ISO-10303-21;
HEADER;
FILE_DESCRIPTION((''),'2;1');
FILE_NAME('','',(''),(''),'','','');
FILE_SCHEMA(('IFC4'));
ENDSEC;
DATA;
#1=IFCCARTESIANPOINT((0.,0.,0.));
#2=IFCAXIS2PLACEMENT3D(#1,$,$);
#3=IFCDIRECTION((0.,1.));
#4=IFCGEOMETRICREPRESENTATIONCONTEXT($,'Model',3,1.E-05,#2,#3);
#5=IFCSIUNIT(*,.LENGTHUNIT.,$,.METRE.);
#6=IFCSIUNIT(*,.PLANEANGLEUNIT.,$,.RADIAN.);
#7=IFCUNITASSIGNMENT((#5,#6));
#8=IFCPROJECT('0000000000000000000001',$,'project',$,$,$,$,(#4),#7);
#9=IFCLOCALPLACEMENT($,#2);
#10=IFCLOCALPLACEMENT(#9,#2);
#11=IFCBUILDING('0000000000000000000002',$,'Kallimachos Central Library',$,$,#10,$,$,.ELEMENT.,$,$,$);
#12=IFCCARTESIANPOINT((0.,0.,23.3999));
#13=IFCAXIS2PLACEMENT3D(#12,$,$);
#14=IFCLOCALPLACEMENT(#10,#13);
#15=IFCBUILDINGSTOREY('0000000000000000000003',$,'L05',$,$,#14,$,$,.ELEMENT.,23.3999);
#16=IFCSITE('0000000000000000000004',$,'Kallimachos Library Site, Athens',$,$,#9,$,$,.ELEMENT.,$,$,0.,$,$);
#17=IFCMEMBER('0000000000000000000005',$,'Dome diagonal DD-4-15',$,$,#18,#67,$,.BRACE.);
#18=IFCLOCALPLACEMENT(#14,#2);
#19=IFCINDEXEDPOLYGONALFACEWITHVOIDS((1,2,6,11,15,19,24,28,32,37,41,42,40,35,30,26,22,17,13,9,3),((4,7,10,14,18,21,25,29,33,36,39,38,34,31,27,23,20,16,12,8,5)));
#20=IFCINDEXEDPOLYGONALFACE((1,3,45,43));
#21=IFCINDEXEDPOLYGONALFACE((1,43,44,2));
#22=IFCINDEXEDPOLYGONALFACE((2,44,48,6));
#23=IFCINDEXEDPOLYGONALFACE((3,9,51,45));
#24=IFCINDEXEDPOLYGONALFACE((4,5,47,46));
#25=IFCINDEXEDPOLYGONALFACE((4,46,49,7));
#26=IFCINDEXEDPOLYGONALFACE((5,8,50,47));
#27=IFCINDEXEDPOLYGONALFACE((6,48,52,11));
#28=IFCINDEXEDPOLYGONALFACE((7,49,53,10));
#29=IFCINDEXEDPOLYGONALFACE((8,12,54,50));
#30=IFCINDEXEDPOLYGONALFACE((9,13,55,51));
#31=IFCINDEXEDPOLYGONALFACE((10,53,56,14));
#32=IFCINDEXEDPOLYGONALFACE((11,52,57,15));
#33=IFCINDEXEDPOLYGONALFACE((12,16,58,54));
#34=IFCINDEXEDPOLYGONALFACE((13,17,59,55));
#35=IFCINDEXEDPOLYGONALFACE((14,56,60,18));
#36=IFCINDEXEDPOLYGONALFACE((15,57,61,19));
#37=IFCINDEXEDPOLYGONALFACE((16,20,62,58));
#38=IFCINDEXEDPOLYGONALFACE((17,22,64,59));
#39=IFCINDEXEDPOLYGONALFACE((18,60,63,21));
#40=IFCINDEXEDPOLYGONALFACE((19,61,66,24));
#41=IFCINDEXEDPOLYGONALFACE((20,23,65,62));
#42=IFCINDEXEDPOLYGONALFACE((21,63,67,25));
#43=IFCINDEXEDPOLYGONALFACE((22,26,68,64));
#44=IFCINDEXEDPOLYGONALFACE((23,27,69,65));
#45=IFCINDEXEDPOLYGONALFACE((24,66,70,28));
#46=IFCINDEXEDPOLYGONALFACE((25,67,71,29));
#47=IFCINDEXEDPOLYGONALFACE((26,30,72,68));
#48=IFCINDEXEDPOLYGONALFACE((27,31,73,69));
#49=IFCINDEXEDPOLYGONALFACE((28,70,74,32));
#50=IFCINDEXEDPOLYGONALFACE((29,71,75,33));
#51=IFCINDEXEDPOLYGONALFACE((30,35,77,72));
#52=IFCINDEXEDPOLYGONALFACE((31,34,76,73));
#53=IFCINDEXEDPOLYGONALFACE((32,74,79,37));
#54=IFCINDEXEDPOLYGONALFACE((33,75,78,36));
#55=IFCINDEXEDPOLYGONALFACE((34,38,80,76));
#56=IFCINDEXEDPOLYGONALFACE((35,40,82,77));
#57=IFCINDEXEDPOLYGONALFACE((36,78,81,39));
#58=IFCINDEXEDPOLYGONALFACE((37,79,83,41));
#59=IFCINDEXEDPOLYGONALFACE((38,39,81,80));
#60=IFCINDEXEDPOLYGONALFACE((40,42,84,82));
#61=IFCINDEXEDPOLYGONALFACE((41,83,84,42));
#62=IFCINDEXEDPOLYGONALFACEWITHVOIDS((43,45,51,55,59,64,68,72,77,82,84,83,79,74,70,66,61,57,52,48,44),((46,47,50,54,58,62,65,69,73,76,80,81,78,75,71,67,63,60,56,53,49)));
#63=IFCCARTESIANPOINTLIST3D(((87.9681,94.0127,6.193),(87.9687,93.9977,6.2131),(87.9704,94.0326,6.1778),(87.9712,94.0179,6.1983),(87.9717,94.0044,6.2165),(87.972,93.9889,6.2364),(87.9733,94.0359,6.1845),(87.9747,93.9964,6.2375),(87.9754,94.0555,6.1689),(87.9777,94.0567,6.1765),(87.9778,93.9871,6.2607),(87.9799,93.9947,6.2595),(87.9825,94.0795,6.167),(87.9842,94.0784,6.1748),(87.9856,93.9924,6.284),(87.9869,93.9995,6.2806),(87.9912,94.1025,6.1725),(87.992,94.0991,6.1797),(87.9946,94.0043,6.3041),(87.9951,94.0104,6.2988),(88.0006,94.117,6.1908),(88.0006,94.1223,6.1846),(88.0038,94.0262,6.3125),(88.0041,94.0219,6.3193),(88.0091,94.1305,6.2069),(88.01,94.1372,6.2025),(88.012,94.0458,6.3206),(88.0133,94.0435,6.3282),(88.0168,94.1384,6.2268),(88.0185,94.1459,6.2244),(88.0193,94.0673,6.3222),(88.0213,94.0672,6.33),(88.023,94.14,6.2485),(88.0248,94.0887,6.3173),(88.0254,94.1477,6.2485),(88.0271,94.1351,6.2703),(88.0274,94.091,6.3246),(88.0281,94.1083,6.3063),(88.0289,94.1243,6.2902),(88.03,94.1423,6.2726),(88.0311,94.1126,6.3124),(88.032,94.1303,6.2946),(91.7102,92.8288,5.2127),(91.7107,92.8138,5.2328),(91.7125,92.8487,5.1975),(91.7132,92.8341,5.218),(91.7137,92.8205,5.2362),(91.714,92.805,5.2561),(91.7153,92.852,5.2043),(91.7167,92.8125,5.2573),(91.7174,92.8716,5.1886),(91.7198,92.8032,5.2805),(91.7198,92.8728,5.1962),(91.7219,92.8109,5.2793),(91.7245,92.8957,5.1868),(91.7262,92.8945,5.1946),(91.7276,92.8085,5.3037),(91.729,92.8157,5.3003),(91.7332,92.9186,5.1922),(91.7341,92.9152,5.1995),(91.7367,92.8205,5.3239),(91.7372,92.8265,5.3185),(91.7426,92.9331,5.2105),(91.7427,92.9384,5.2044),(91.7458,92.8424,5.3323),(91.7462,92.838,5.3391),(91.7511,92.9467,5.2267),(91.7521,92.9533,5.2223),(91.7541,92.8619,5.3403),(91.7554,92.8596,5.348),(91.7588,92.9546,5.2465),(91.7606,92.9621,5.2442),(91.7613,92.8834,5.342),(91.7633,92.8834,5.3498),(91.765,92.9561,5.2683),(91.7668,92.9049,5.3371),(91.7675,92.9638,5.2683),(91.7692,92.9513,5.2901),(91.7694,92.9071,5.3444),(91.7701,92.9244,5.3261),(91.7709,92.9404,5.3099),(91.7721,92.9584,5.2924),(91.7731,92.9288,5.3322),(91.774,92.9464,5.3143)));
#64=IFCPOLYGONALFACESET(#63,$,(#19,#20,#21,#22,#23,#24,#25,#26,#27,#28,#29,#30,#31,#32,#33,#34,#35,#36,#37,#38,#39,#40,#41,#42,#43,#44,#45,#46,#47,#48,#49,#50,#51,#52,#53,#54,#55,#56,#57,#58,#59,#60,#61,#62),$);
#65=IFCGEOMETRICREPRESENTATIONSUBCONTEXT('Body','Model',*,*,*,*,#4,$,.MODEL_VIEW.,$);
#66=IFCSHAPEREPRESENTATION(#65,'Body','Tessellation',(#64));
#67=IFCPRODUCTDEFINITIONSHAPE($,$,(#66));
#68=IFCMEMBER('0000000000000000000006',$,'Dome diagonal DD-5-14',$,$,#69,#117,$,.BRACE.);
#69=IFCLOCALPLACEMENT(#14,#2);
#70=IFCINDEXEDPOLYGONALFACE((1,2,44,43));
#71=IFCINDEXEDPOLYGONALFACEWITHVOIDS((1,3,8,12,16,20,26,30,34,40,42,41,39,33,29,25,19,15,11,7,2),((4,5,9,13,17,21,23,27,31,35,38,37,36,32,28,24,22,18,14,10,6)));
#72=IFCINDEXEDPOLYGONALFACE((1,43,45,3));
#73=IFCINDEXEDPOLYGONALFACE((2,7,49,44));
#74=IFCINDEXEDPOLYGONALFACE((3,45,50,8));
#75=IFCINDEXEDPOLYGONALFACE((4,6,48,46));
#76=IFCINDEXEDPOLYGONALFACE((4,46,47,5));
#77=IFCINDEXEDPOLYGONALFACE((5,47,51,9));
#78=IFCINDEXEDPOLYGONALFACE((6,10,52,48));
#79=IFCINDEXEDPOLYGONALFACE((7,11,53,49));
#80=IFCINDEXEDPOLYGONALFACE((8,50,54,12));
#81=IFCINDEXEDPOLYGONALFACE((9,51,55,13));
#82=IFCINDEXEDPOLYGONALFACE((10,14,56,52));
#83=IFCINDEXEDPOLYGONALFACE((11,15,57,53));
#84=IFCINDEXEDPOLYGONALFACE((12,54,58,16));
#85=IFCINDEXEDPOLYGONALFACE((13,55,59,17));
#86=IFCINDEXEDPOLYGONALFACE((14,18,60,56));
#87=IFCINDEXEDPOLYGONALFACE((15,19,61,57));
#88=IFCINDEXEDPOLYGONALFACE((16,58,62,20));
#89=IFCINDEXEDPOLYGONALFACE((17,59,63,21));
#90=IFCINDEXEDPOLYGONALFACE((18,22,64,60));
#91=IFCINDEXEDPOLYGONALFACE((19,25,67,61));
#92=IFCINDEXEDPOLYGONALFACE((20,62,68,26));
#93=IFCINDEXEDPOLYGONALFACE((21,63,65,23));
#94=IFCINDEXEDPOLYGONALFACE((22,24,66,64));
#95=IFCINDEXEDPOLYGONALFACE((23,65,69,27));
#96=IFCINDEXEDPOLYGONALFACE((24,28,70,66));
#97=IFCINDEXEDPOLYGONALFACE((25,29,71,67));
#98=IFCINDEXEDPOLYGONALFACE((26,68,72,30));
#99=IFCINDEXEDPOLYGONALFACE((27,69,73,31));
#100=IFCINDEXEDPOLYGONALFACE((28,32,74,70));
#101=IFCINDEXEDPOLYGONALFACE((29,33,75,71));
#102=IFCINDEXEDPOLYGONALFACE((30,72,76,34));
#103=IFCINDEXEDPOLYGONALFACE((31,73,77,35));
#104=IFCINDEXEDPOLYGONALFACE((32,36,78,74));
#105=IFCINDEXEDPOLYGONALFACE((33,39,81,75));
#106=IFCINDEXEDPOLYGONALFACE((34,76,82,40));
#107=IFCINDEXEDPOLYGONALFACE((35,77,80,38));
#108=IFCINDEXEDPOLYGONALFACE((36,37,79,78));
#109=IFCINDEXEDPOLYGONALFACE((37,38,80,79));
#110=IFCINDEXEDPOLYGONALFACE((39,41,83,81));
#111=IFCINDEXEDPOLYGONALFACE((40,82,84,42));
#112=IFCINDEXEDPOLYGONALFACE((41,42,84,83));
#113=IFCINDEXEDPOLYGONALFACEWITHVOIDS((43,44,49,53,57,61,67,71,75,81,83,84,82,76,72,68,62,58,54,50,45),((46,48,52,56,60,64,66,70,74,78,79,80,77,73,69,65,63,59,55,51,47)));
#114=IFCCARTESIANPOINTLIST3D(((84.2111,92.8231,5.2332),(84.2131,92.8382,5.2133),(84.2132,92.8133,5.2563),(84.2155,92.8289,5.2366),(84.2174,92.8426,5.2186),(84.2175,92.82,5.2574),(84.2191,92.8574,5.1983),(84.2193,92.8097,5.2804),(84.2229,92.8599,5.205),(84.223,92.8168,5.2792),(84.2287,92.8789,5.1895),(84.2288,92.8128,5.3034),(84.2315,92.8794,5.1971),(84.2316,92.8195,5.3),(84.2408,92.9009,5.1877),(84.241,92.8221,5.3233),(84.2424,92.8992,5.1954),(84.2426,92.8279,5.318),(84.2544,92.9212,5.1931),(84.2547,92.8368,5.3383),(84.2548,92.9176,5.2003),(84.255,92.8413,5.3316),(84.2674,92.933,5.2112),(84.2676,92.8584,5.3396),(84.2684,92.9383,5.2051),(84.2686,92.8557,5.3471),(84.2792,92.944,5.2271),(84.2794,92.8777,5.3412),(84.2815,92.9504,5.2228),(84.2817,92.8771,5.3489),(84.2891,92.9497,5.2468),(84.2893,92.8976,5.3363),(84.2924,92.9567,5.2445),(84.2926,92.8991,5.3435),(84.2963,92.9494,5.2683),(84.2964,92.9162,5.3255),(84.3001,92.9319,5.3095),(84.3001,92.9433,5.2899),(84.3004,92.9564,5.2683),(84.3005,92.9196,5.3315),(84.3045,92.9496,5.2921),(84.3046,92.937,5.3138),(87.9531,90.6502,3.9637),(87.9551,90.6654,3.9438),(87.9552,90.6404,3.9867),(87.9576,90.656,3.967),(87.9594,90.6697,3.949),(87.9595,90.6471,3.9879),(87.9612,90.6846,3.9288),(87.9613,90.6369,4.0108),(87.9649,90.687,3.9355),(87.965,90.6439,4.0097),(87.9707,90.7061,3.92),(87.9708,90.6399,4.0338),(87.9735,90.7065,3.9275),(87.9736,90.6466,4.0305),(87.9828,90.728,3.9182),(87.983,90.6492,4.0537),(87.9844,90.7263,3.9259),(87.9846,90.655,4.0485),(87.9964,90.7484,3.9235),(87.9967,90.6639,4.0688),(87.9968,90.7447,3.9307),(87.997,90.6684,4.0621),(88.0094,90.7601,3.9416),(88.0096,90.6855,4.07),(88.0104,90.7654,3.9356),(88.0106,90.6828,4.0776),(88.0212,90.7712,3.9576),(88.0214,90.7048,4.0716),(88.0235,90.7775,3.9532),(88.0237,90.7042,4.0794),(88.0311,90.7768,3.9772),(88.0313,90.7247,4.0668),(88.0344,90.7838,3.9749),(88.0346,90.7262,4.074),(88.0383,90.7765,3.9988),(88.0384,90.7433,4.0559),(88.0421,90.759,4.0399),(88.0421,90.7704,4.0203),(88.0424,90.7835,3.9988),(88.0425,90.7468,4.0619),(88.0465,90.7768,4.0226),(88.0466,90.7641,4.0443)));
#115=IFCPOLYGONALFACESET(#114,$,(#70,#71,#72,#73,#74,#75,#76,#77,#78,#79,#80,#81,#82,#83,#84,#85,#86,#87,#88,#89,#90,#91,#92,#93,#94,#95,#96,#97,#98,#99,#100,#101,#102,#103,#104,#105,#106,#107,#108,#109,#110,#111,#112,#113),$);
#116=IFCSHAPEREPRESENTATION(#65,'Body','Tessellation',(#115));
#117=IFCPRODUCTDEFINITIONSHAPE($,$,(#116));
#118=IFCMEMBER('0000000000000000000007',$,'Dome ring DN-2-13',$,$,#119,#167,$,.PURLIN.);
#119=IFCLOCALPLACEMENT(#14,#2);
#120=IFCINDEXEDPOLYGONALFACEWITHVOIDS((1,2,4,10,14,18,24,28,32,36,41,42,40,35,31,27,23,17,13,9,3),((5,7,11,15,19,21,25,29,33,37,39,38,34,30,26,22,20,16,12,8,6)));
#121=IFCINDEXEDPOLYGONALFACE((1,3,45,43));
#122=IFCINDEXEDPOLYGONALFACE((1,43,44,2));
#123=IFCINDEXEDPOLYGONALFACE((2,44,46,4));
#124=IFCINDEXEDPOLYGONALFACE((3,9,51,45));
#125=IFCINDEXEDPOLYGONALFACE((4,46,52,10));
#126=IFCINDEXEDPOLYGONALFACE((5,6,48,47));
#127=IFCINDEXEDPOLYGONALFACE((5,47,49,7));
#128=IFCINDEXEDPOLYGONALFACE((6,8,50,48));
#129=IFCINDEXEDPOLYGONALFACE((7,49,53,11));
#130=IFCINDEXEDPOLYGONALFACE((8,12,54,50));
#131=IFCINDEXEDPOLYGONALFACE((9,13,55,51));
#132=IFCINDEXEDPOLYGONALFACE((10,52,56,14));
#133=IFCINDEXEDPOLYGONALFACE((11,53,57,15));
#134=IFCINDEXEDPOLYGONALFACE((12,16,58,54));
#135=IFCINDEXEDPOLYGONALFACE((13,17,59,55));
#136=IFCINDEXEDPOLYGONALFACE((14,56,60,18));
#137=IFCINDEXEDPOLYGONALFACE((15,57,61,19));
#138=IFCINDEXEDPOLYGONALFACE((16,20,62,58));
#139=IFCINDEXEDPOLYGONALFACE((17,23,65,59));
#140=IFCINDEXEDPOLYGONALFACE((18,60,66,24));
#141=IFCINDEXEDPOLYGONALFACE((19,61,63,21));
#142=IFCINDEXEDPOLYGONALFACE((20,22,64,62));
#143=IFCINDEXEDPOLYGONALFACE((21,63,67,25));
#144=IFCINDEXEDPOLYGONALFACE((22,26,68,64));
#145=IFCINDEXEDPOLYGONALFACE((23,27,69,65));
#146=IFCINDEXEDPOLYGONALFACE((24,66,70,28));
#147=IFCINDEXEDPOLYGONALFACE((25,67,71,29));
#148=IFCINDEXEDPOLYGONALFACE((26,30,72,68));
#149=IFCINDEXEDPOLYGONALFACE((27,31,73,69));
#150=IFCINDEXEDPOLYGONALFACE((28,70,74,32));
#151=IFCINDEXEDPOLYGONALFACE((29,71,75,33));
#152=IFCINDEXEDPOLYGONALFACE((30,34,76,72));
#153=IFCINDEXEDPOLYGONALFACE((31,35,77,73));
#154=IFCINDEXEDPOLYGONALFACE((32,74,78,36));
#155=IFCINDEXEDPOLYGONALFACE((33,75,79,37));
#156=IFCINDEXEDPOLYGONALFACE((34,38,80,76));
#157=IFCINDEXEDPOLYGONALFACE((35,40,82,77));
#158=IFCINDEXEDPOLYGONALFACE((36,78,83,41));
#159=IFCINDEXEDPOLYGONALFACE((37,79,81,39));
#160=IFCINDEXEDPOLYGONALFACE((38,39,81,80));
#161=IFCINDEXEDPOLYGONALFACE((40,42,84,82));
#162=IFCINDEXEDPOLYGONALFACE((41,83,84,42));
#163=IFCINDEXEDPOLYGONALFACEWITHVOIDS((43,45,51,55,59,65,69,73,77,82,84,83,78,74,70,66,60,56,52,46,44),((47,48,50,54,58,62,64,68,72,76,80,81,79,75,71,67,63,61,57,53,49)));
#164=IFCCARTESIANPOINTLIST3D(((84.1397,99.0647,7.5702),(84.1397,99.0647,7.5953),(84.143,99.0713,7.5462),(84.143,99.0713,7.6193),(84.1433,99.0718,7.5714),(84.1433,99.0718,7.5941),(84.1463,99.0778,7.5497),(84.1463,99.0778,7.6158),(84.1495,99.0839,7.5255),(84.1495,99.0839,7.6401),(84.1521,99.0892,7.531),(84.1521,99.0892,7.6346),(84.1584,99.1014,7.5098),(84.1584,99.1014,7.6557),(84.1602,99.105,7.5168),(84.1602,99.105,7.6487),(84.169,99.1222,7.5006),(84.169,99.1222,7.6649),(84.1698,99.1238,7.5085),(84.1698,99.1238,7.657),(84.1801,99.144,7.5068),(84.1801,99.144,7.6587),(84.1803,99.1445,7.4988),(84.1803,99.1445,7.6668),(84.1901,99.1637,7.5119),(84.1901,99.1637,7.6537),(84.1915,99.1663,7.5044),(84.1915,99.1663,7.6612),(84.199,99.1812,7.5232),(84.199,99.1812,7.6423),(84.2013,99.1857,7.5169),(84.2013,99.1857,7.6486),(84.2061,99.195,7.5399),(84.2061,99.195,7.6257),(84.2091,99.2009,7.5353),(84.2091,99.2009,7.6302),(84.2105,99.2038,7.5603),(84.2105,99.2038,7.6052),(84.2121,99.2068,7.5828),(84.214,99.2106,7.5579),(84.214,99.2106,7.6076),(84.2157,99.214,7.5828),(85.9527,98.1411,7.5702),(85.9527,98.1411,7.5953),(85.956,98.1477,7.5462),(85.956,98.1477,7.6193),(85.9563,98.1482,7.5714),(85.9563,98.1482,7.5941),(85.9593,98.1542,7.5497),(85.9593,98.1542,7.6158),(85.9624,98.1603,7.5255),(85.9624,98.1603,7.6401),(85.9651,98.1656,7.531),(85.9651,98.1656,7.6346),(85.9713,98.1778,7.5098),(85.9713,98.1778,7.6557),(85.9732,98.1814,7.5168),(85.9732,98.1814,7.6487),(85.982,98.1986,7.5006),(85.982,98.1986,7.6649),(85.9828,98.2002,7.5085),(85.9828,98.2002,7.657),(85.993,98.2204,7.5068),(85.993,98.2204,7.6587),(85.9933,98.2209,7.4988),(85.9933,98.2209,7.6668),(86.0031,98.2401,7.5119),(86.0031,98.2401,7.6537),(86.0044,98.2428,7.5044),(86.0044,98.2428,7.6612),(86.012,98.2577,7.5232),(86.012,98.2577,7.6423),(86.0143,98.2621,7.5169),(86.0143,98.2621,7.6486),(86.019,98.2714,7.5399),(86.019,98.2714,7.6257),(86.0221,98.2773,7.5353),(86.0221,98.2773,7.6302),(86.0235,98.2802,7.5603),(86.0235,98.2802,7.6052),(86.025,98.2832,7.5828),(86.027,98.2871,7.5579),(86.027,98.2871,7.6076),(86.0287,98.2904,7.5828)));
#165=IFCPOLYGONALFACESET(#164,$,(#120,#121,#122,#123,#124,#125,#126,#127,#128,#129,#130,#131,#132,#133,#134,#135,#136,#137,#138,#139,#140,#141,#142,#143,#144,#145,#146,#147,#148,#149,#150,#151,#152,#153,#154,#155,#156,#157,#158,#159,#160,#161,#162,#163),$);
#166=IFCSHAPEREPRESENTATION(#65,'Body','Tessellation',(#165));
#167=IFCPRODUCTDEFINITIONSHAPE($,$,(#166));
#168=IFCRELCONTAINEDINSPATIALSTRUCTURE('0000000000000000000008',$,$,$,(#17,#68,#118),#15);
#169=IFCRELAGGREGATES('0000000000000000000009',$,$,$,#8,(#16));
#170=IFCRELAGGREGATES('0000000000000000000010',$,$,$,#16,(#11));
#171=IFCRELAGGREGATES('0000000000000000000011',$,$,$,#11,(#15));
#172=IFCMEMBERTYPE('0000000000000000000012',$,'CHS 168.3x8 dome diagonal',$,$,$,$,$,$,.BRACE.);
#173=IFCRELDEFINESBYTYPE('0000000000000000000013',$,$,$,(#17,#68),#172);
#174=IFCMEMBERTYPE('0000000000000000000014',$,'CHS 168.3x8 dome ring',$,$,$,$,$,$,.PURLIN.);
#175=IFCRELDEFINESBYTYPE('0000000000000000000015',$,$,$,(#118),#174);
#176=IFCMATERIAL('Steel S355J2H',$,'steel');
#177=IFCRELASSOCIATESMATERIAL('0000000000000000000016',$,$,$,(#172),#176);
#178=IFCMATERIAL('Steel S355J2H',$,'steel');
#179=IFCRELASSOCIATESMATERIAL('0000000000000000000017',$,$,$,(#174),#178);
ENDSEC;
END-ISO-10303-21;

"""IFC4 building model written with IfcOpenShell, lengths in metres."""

from ifc_helpers import new_model, si_unit, direction, frame, origin, origin_2d, place, context, subcontext, project, spatial, hollow_circle, extrude, material, material_profile, profile_set, type_object, element, save


model = new_model("IFC4")

# Units and contexts
model_context = context("Model", 3, precision=1e-05, world=origin(), true_north=direction((0.0, 1.0)))
body_context = subcontext(model_context, "Body", "Model", "MODEL_VIEW")
ifc_project = project(units=[si_unit("LENGTHUNIT", "METRE"), si_unit("PLANEANGLEUNIT", "RADIAN")], contexts=[model_context])

# Site, building, storey
site_placement = place(None, origin())
site = spatial("IfcSite", under=ifc_project, at=site_placement, Name="Kallimachos Library Site, Athens", CompositionType="ELEMENT", RefElevation=0.0)
building_placement = place(site_placement, origin())
building = spatial("IfcBuilding", under=site, at=building_placement, Name="Kallimachos Central Library", CompositionType="ELEMENT")
storey_placement = place(building_placement, frame((0.0, 0.0, 23.3999)))
storey = spatial("IfcBuildingStorey", under=building, at=storey_placement, Name="L05", CompositionType="ELEMENT", Elevation=23.3999)

# Members
ifc_material_1 = material(Name="Steel S355J2H", Category="steel")
ifc_material_profile_1 = material_profile(ifc_material_1, hollow_circle(Radius=0.0842, WallThickness=0.0081, at=origin_2d()), Name="CHS 168.3x8")
ifc_profile_set_1 = profile_set([ifc_material_profile_1], Name="Steel S355J2H")
member_type_1 = type_object("IfcMemberType", Name="CHS 168.3x8 dome diagonal", PredefinedType="BRACE", material=ifc_profile_set_1)
for number, where, z_axis, x_axis, name in (
    (1, (88.0, 94.0674, 6.2485), (0.92501, -0.292645, -0.242312), (0.301634, 0.953424, 0.0), "Dome diagonal DD-4-15"),
):
    element("IfcMember", number, at=place(storey_placement, frame(where, z_axis=z_axis, x_axis=x_axis)), inside=storey, type_object=member_type_1, Name=name, PredefinedType="BRACE", context=body_context, shape_type="SweptSolid", body=[
        extrude(hollow_circle(Radius=0.0842, WallThickness=0.0081, at=origin_2d()), origin(), (0.0, 0.0, 1.0), 4.0454),
    ])
member_1_placement = place(storey_placement, frame((84.2581, 92.8835, 5.2683), z_axis=(0.829801, -0.481844, -0.281527), x_axis=(0.502155, 0.864778, 0.0)))
element("IfcMember", 2, at=member_1_placement, inside=storey, type_object=member_type_1, Name="Dome diagonal DD-5-14", PredefinedType="BRACE", context=body_context, shape_type="SweptSolid", body=[
    extrude(hollow_circle(Radius=0.0842, WallThickness=0.0081, at=origin_2d()), origin(), (0.0, 0.0, 1.0), 4.5095),
])
ifc_material_2 = material(Name="Steel S355J2H", Category="steel")
ifc_material_profile_2 = material_profile(ifc_material_2, hollow_circle(Radius=0.0842, WallThickness=0.0081, at=origin_2d()), Name="CHS 168.3x8")
ifc_profile_set_2 = profile_set([ifc_material_profile_2], Name="Steel S355J2H")
member_type_2 = type_object("IfcMemberType", Name="CHS 168.3x8 dome ring", PredefinedType="PURLIN", material=ifc_profile_set_2)
for number, where, z_axis, x_axis, name in (
    (3, (84.1775, 99.1389, 7.5828), (0.891042, -0.45392, 0.0), (0.45392, 0.891042, 0.0), "Dome ring DN-2-13"),
):
    element("IfcMember", number, at=place(storey_placement, frame(where, z_axis=z_axis, x_axis=x_axis)), inside=storey, type_object=member_type_2, Name=name, PredefinedType="PURLIN", context=body_context, shape_type="SweptSolid", body=[
        extrude(hollow_circle(Radius=0.0842, WallThickness=0.0081, at=origin_2d()), origin(), (0.0, 0.0, 1.0), 2.0347),
    ])

save(model, "model.ifc")
